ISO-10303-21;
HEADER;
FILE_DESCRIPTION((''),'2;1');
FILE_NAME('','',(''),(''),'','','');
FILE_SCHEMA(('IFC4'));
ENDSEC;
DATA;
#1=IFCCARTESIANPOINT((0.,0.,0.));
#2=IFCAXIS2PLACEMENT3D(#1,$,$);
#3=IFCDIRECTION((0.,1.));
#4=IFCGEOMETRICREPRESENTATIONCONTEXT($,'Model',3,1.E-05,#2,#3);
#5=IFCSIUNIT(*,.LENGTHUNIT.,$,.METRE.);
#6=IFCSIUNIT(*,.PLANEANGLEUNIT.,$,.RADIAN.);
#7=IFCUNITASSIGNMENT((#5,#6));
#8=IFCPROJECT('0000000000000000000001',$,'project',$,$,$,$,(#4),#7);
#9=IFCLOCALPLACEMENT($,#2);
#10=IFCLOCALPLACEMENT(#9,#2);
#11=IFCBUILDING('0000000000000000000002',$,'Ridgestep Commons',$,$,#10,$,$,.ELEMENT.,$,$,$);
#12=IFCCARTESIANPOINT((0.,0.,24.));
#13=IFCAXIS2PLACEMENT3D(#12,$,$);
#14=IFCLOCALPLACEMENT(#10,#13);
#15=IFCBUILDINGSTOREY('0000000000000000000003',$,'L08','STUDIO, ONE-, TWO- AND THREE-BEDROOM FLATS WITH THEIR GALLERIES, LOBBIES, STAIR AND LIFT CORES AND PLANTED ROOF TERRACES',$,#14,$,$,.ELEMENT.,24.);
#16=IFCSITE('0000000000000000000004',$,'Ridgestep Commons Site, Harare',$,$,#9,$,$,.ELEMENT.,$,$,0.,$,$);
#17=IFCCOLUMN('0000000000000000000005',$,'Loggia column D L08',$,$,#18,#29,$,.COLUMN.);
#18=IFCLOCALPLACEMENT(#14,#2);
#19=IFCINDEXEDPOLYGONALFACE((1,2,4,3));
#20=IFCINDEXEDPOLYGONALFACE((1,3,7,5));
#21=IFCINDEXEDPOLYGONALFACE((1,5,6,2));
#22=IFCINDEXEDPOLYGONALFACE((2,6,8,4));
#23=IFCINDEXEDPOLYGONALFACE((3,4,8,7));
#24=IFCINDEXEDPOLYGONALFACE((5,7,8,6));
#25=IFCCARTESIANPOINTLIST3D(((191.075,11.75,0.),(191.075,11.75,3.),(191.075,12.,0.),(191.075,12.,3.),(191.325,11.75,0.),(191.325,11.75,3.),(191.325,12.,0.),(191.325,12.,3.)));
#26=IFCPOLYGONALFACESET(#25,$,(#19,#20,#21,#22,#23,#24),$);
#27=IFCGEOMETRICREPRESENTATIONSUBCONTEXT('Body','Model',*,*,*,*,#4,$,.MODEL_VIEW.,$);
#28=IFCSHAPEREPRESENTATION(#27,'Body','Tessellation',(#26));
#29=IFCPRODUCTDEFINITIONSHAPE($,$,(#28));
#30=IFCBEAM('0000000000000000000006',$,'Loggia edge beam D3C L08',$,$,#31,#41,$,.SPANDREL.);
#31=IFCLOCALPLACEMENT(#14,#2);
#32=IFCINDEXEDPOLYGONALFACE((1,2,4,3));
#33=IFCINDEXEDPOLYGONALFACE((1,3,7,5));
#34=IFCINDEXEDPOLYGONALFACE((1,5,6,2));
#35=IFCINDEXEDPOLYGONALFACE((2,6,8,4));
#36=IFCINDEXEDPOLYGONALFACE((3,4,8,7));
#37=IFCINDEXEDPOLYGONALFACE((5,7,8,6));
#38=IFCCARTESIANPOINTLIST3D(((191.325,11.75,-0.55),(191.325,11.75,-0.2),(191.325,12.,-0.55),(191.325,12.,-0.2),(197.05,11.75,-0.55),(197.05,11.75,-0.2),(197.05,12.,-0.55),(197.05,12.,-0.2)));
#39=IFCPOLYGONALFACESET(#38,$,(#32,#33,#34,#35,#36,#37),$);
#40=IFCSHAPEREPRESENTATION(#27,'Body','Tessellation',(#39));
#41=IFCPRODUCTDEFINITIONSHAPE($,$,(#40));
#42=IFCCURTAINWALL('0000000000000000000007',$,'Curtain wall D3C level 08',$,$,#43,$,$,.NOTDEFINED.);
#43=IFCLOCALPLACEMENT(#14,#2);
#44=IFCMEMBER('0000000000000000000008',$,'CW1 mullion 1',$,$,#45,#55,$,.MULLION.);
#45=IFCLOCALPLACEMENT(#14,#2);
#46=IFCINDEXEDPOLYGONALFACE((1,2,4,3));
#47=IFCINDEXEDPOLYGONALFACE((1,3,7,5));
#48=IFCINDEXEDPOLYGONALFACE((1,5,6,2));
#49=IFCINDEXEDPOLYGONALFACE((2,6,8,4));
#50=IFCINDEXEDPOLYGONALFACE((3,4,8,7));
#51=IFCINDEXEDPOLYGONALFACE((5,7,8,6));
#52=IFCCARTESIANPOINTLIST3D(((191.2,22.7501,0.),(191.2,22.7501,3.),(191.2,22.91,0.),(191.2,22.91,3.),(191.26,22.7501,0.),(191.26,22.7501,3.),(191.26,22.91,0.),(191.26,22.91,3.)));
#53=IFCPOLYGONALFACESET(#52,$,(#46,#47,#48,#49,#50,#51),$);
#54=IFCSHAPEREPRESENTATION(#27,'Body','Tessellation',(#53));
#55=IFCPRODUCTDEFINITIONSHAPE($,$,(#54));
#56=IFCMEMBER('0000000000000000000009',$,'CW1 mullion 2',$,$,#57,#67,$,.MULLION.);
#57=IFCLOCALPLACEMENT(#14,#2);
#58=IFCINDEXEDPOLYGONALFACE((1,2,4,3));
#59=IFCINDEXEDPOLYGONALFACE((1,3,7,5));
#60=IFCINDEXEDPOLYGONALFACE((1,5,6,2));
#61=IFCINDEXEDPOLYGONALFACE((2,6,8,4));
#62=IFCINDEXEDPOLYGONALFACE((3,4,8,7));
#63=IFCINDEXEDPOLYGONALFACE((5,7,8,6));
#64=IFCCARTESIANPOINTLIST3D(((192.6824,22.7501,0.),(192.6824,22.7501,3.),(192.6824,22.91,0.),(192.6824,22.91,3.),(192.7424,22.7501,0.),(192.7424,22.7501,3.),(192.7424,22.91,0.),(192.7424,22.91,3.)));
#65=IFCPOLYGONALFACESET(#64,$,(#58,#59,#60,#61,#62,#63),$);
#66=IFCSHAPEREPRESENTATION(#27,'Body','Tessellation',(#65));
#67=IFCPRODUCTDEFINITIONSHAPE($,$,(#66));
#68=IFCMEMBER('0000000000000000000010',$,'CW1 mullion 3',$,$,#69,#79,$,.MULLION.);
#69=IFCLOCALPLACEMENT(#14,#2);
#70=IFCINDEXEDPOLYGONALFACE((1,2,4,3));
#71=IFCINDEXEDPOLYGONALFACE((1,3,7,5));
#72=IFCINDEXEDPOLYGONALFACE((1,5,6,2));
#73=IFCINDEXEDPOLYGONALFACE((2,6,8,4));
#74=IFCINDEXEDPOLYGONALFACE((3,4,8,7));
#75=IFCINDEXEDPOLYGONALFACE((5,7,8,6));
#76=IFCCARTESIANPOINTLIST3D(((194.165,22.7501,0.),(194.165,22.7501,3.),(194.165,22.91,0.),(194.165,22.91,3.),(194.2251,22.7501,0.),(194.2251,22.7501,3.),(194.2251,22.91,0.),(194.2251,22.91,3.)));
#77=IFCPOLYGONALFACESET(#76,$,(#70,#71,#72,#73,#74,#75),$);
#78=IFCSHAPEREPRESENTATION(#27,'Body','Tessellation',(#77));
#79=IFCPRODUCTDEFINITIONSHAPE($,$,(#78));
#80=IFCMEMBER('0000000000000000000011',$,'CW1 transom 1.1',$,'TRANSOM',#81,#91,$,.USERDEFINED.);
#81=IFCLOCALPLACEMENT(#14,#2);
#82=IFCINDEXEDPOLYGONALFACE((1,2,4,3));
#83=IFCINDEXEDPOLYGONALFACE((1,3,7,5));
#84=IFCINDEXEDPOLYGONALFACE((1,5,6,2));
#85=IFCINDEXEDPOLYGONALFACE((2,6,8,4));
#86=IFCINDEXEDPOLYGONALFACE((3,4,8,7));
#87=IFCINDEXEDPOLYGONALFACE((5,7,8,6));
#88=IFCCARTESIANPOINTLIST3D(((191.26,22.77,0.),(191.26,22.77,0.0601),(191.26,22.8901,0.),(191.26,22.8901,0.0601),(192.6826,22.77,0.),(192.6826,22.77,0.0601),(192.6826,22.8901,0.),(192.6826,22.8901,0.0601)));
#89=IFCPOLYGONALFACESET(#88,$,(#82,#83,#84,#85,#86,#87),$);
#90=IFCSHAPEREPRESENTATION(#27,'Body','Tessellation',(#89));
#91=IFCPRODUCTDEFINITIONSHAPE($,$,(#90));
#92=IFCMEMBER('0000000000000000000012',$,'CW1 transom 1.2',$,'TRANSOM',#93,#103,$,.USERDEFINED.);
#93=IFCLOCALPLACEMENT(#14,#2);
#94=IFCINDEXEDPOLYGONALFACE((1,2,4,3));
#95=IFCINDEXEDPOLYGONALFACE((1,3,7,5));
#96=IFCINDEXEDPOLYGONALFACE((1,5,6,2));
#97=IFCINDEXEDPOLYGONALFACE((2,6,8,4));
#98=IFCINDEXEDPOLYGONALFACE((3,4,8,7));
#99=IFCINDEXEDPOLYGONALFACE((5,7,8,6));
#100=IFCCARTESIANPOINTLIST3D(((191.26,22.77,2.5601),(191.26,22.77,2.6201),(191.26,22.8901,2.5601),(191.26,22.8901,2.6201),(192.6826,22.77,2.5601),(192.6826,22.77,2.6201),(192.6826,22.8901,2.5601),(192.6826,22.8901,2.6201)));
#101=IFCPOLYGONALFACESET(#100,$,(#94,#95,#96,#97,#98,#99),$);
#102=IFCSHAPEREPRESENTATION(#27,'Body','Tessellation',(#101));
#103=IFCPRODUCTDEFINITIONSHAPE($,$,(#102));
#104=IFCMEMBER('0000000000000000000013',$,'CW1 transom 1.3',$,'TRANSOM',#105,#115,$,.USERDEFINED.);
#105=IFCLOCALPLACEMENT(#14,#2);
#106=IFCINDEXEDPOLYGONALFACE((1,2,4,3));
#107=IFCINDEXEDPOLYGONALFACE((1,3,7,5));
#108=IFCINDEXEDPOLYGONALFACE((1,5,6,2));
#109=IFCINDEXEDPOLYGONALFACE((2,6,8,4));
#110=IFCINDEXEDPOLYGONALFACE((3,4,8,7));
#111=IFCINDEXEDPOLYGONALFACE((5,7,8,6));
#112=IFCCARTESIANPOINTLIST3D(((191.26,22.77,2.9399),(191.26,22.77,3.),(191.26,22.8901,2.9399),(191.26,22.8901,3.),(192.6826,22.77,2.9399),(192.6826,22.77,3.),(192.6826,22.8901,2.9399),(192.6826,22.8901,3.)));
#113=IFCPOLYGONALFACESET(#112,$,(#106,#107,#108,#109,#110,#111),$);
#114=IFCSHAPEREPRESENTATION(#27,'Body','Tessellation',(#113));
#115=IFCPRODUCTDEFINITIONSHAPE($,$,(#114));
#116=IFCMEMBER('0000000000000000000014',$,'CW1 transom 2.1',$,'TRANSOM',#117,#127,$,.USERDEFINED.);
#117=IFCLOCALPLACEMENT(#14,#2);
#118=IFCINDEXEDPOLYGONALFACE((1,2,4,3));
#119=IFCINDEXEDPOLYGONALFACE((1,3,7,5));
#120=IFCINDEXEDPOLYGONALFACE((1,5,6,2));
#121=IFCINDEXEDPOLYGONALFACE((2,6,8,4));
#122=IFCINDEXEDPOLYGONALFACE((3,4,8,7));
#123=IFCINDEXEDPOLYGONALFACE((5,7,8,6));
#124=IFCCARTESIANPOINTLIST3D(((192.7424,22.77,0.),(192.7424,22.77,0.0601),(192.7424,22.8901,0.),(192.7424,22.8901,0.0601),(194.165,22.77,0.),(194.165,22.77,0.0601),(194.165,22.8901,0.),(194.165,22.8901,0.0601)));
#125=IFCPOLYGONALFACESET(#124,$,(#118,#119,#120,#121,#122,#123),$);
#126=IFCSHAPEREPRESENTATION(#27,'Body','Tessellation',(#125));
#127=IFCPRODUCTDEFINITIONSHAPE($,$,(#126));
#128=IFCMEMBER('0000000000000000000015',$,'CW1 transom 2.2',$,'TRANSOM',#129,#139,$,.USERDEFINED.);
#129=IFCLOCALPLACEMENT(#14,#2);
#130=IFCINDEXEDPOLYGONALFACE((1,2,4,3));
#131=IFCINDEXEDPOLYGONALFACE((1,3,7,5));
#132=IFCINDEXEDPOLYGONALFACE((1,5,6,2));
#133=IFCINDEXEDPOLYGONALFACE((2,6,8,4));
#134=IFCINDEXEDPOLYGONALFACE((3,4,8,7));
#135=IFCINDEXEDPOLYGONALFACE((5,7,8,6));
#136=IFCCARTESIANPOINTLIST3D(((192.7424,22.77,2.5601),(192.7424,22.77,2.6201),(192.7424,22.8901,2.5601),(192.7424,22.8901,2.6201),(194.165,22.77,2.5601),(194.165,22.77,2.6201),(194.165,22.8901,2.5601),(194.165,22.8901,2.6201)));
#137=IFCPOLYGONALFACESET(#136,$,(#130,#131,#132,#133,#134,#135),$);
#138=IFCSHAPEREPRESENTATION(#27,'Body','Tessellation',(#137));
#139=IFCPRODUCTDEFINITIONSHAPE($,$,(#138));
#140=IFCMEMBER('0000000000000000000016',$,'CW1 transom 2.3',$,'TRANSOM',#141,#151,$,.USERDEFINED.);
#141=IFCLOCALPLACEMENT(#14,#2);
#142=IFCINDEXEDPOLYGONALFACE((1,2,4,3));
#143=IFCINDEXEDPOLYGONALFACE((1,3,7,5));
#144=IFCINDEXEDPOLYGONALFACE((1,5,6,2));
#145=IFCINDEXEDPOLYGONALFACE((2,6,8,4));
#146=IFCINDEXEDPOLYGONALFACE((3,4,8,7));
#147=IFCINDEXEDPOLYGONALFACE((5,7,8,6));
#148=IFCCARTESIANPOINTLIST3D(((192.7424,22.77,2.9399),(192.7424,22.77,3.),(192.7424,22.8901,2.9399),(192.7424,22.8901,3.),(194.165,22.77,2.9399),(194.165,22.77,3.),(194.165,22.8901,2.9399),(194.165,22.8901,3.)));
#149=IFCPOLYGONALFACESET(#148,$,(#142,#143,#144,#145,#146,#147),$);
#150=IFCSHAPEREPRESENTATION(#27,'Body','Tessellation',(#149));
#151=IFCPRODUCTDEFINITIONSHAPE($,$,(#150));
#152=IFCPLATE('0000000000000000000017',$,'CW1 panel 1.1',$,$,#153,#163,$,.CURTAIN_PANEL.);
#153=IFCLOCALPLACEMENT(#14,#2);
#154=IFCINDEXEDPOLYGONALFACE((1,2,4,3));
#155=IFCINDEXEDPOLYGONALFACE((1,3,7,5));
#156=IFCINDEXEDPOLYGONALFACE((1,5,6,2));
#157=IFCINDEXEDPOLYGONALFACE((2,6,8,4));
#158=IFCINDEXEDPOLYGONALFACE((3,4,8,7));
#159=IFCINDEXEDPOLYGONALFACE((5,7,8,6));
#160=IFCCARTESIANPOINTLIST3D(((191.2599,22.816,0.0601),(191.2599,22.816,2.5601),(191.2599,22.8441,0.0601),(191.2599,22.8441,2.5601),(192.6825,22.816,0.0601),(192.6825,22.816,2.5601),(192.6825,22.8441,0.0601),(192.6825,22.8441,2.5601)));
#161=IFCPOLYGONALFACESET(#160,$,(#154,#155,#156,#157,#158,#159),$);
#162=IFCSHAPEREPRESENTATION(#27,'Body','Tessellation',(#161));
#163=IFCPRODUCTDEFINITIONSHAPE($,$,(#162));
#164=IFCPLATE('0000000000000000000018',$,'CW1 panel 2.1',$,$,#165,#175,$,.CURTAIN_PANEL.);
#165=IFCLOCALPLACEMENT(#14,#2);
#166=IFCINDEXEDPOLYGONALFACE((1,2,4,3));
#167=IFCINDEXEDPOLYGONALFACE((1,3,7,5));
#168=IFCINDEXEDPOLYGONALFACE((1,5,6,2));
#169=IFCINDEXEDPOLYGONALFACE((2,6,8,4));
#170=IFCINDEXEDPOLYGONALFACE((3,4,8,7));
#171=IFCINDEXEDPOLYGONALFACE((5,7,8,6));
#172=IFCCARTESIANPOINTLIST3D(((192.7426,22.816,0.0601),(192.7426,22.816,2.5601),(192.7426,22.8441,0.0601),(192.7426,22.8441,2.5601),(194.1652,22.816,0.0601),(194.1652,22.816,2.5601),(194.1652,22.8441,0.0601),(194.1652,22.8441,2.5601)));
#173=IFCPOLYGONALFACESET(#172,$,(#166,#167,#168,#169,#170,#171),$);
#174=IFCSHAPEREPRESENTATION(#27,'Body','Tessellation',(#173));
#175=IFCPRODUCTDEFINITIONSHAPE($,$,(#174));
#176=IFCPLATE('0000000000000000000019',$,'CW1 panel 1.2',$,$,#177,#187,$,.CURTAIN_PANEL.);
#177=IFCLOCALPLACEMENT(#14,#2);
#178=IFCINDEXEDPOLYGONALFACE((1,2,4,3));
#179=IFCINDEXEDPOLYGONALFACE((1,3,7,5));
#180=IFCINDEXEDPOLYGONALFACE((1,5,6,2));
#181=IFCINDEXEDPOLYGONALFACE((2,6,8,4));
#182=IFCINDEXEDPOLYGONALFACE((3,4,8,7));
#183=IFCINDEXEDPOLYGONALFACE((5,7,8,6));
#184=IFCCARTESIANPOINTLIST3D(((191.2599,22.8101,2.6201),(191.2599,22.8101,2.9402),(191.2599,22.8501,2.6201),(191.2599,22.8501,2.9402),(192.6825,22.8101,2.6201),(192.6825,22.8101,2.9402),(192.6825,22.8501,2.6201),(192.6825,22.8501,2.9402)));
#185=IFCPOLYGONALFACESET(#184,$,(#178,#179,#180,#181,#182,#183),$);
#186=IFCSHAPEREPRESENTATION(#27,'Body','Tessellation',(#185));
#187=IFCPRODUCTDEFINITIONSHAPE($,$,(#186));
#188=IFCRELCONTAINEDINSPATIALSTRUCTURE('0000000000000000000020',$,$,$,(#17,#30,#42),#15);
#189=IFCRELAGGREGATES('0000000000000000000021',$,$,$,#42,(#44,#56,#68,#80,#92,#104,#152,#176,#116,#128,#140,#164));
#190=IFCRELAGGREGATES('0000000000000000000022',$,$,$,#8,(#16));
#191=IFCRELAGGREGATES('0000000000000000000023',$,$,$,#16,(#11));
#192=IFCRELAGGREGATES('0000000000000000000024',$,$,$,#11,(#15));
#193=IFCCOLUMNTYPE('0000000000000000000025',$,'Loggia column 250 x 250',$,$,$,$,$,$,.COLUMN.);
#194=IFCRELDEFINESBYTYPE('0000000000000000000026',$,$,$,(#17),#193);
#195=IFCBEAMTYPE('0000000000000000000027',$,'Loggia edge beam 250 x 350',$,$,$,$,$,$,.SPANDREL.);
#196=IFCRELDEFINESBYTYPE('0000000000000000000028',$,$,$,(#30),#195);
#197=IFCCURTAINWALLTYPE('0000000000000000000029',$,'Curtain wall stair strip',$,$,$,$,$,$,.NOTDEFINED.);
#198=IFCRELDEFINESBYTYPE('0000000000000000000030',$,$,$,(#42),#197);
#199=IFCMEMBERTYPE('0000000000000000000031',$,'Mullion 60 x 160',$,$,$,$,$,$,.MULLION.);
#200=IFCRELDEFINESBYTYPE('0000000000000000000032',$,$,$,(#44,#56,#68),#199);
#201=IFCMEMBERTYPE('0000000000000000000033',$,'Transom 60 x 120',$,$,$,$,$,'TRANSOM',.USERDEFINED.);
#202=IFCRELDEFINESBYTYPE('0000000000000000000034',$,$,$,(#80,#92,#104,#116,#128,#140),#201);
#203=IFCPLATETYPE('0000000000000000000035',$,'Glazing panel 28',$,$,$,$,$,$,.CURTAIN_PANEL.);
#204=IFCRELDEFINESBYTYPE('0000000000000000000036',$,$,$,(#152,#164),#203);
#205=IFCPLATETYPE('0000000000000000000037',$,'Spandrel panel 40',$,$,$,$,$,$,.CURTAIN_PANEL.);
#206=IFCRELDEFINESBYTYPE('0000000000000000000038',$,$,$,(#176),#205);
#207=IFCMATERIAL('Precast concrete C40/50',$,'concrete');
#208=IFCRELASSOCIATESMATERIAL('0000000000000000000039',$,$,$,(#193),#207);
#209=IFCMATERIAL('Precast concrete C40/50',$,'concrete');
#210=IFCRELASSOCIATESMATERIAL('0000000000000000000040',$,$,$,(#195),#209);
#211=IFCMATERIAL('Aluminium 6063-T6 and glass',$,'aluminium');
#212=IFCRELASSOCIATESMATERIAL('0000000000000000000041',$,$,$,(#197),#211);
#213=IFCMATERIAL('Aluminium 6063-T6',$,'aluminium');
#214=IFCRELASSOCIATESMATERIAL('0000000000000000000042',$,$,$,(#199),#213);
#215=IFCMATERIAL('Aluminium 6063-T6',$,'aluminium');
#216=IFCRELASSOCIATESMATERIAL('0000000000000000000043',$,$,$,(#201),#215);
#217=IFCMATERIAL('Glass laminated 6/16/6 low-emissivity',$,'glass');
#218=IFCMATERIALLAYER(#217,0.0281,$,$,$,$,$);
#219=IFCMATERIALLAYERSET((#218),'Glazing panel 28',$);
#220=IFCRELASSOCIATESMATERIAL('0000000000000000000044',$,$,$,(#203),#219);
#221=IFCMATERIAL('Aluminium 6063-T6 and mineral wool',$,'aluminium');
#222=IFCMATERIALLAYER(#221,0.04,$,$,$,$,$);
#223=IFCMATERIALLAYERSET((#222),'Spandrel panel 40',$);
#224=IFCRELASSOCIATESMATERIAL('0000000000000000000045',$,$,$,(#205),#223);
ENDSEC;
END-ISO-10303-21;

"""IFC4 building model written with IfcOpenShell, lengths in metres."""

from ifc_helpers import new_model, si_unit, direction, frame, origin, origin_2d, place, context, subcontext, project, spatial, rectangle, extrude, material, layer, layer_set, material_profile, profile_set, type_object, element, aggregate, save


model = new_model("IFC4")

# Units and contexts
model_context = context("Model", 3, precision=1e-05, world=origin(), true_north=direction((0.0, 1.0)))
body_context = subcontext(model_context, "Body", "Model", "MODEL_VIEW")
ifc_project = project(units=[si_unit("LENGTHUNIT", "METRE"), si_unit("PLANEANGLEUNIT", "RADIAN")], contexts=[model_context])

# Site, building, storey
site_placement = place(None, origin())
site = spatial("IfcSite", under=ifc_project, at=site_placement, Name="Ridgestep Commons Site, Harare", CompositionType="ELEMENT", RefElevation=0.0)
building_placement = place(site_placement, origin())
building = spatial("IfcBuilding", under=site, at=building_placement, Name="Ridgestep Commons", CompositionType="ELEMENT")
storey_placement = place(building_placement, frame((0.0, 0.0, 24.0)))
storey = spatial("IfcBuildingStorey", under=building, at=storey_placement, Name="L08", Description="STUDIO, ONE-, TWO- AND THREE-BEDROOM FLATS WITH THEIR GALLERIES, LOBBIES, STAIR AND LIFT CORES AND PLANTED ROOF TERRACES", CompositionType="ELEMENT", Elevation=24.0)

# Column
ifc_material_1 = material(Name="Precast concrete C40/50", Category="concrete")
ifc_material_profile_1 = material_profile(ifc_material_1, rectangle(XDim=0.25, YDim=0.25, at=origin_2d()), Name="PC 250x250")
ifc_profile_set_1 = profile_set([ifc_material_profile_1], Name="Precast concrete C40/50")
column_type = type_object("IfcColumnType", Name="Loggia column 250 x 250", PredefinedType="COLUMN", material=ifc_profile_set_1)
column_placement = place(storey_placement, frame((191.2, 11.875, 0.0), z_axis=(0.0, 0.0, 1.0), x_axis=(1.0, 0.0, 0.0)))
element("IfcColumn", 1, at=column_placement, inside=storey, type_object=column_type, Name="Loggia column D L08", PredefinedType="COLUMN", context=body_context, shape_type="SweptSolid", body=[
    extrude(rectangle(XDim=0.25, YDim=0.25, at=origin_2d()), origin(), (0.0, 0.0, 1.0), 3.0),
])

# Beam
ifc_material_2 = material(Name="Precast concrete C40/50", Category="concrete")
ifc_material_profile_2 = material_profile(ifc_material_2, rectangle(XDim=0.25, YDim=0.3501, at=origin_2d()), Name="PC 250x350")
ifc_profile_set_2 = profile_set([ifc_material_profile_2], Name="Precast concrete C40/50")
beam_type = type_object("IfcBeamType", Name="Loggia edge beam 250 x 350", PredefinedType="SPANDREL", material=ifc_profile_set_2)
beam_placement = place(storey_placement, frame((191.325, 11.875, -0.375), z_axis=(1.0, 0.0, 0.0), x_axis=(0.0, 1.0, 0.0)))
element("IfcBeam", 2, at=beam_placement, inside=storey, type_object=beam_type, Name="Loggia edge beam D3C L08", PredefinedType="SPANDREL", context=body_context, shape_type="SweptSolid", body=[
    extrude(rectangle(XDim=0.25, YDim=0.3501, at=origin_2d()), origin(), (0.0, 0.0, 1.0), 5.7251),
])

# Curtain wall, members, plates
ifc_material_3 = material(Name="Aluminium 6063-T6 and glass", Category="aluminium")
curtain_wall_type = type_object("IfcCurtainWallType", Name="Curtain wall stair strip", PredefinedType="NOTDEFINED", material=ifc_material_3)
curtain_wall_placement = place(storey_placement, origin())
curtain_wall = element("IfcCurtainWall", 3, at=curtain_wall_placement, inside=storey, type_object=curtain_wall_type, Name="Curtain wall D3C level 08", PredefinedType="NOTDEFINED")
ifc_material_4 = material(Name="Aluminium 6063-T6", Category="aluminium")
ifc_material_profile_3 = material_profile(ifc_material_4, rectangle(XDim=0.1599, YDim=0.0601, at=origin_2d()), Name="Mullion 60 x 160")
ifc_profile_set_3 = profile_set([ifc_material_profile_3], Name="Aluminium 6063-T6")
member_type_1 = type_object("IfcMemberType", Name="Mullion 60 x 160", PredefinedType="MULLION", material=ifc_profile_set_3)
member_1_placement = place(storey_placement, frame((191.23, 22.8301, 0.0), z_axis=(0.0, 0.0, 1.0), x_axis=(0.0, 1.0, 0.0)))
member_1 = element("IfcMember", 4, at=member_1_placement, type_object=member_type_1, Name="CW1 mullion 1", PredefinedType="MULLION", context=body_context, shape_type="SweptSolid", body=[
    extrude(rectangle(XDim=0.1599, YDim=0.0601, at=origin_2d()), origin(), (0.0, 0.0, 1.0), 3.0),
])
member_2_placement = place(storey_placement, frame((192.7124, 22.8301, 0.0), z_axis=(0.0, 0.0, 1.0), x_axis=(0.0, 1.0, 0.0)))
member_2 = element("IfcMember", 5, at=member_2_placement, type_object=member_type_1, Name="CW1 mullion 2", PredefinedType="MULLION", context=body_context, shape_type="SweptSolid", body=[
    extrude(rectangle(XDim=0.1599, YDim=0.0601, at=origin_2d()), origin(), (0.0, 0.0, 1.0), 3.0),
])
member_3_placement = place(storey_placement, frame((194.1951, 22.8301, 0.0), z_axis=(0.0, 0.0, 1.0), x_axis=(0.0, 1.0, 0.0)))
member_3 = element("IfcMember", 6, at=member_3_placement, type_object=member_type_1, Name="CW1 mullion 3", PredefinedType="MULLION", context=body_context, shape_type="SweptSolid", body=[
    extrude(rectangle(XDim=0.1599, YDim=0.0601, at=origin_2d()), origin(), (0.0, 0.0, 1.0), 3.0),
])
ifc_material_5 = material(Name="Aluminium 6063-T6", Category="aluminium")
ifc_material_profile_4 = material_profile(ifc_material_5, rectangle(XDim=0.1201, YDim=0.0601, at=origin_2d()), Name="Transom 60 x 120")
ifc_profile_set_4 = profile_set([ifc_material_profile_4], Name="Aluminium 6063-T6")
member_type_2 = type_object("IfcMemberType", Name="Transom 60 x 120", ElementType="TRANSOM", PredefinedType="USERDEFINED", material=ifc_profile_set_4)
member_4_placement = place(storey_placement, frame((191.26, 22.8301, 0.03), z_axis=(1.0, 0.0, 0.0), x_axis=(0.0, 1.0, 0.0)))
member_4 = element("IfcMember", 7, at=member_4_placement, type_object=member_type_2, Name="CW1 transom 1.1", ObjectType="TRANSOM", PredefinedType="USERDEFINED", context=body_context, shape_type="SweptSolid", body=[
    extrude(rectangle(XDim=0.1201, YDim=0.0601, at=origin_2d()), origin(), (0.0, 0.0, 1.0), 1.4226),
])
member_5_placement = place(storey_placement, frame((191.26, 22.8301, 2.5901), z_axis=(1.0, 0.0, 0.0), x_axis=(0.0, 1.0, 0.0)))
member_5 = element("IfcMember", 8, at=member_5_placement, type_object=member_type_2, Name="CW1 transom 1.2", ObjectType="TRANSOM", PredefinedType="USERDEFINED", context=body_context, shape_type="SweptSolid", body=[
    extrude(rectangle(XDim=0.1201, YDim=0.0601, at=origin_2d()), origin(), (0.0, 0.0, 1.0), 1.4226),
])
member_6_placement = place(storey_placement, frame((191.26, 22.8301, 2.97), z_axis=(1.0, 0.0, 0.0), x_axis=(0.0, 1.0, 0.0)))
member_6 = element("IfcMember", 9, at=member_6_placement, type_object=member_type_2, Name="CW1 transom 1.3", ObjectType="TRANSOM", PredefinedType="USERDEFINED", context=body_context, shape_type="SweptSolid", body=[
    extrude(rectangle(XDim=0.1201, YDim=0.0601, at=origin_2d()), origin(), (0.0, 0.0, 1.0), 1.4226),
])
member_7_placement = place(storey_placement, frame((192.7424, 22.8301, 0.03), z_axis=(1.0, 0.0, 0.0), x_axis=(0.0, 1.0, 0.0)))
member_7 = element("IfcMember", 10, at=member_7_placement, type_object=member_type_2, Name="CW1 transom 2.1", ObjectType="TRANSOM", PredefinedType="USERDEFINED", context=body_context, shape_type="SweptSolid", body=[
    extrude(rectangle(XDim=0.1201, YDim=0.0601, at=origin_2d()), origin(), (0.0, 0.0, 1.0), 1.4226),
])
member_8_placement = place(storey_placement, frame((192.7424, 22.8301, 2.5901), z_axis=(1.0, 0.0, 0.0), x_axis=(0.0, 1.0, 0.0)))
member_8 = element("IfcMember", 11, at=member_8_placement, type_object=member_type_2, Name="CW1 transom 2.2", ObjectType="TRANSOM", PredefinedType="USERDEFINED", context=body_context, shape_type="SweptSolid", body=[
    extrude(rectangle(XDim=0.1201, YDim=0.0601, at=origin_2d()), origin(), (0.0, 0.0, 1.0), 1.4226),
])
member_9_placement = place(storey_placement, frame((192.7424, 22.8301, 2.97), z_axis=(1.0, 0.0, 0.0), x_axis=(0.0, 1.0, 0.0)))
member_9 = element("IfcMember", 12, at=member_9_placement, type_object=member_type_2, Name="CW1 transom 2.3", ObjectType="TRANSOM", PredefinedType="USERDEFINED", context=body_context, shape_type="SweptSolid", body=[
    extrude(rectangle(XDim=0.1201, YDim=0.0601, at=origin_2d()), origin(), (0.0, 0.0, 1.0), 1.4226),
])
ifc_material_6 = material(Name="Glass laminated 6/16/6 low-emissivity", Category="glass")
ifc_layer_1 = layer(ifc_material_6, 0.0281)
ifc_layer_set_1 = layer_set([ifc_layer_1], Name="Glazing panel 28")
plate_type_1 = type_object("IfcPlateType", Name="Glazing panel 28", PredefinedType="CURTAIN_PANEL", material=ifc_layer_set_1)
plate_1_placement = place(storey_placement, frame((191.9712, 22.8301, 0.0601), z_axis=(0.0, 0.0, 1.0), x_axis=(1.0, 0.0, 0.0)))
plate_1 = element("IfcPlate", 13, at=plate_1_placement, type_object=plate_type_1, Name="CW1 panel 1.1", PredefinedType="CURTAIN_PANEL", context=body_context, shape_type="SweptSolid", body=[
    extrude(rectangle(XDim=1.4226, YDim=0.0281, at=origin_2d()), origin(), (0.0, 0.0, 1.0), 2.5),
])
plate_2_placement = place(storey_placement, frame((193.4539, 22.8301, 0.0601), z_axis=(0.0, 0.0, 1.0), x_axis=(1.0, 0.0, 0.0)))
plate_2 = element("IfcPlate", 14, at=plate_2_placement, type_object=plate_type_1, Name="CW1 panel 2.1", PredefinedType="CURTAIN_PANEL", context=body_context, shape_type="SweptSolid", body=[
    extrude(rectangle(XDim=1.4226, YDim=0.0281, at=origin_2d()), origin(), (0.0, 0.0, 1.0), 2.5),
])
ifc_material_7 = material(Name="Aluminium 6063-T6 and mineral wool", Category="aluminium")
ifc_layer_2 = layer(ifc_material_7, 0.04)
ifc_layer_set_2 = layer_set([ifc_layer_2], Name="Spandrel panel 40")
plate_type_2 = type_object("IfcPlateType", Name="Spandrel panel 40", PredefinedType="CURTAIN_PANEL", material=ifc_layer_set_2)
plate_3_placement = place(storey_placement, frame((191.9712, 22.8301, 2.6201), z_axis=(0.0, 0.0, 1.0), x_axis=(1.0, 0.0, 0.0)))
plate_3 = element("IfcPlate", 15, at=plate_3_placement, type_object=plate_type_2, Name="CW1 panel 1.2", PredefinedType="CURTAIN_PANEL", context=body_context, shape_type="SweptSolid", body=[
    extrude(rectangle(XDim=1.4226, YDim=0.04, at=origin_2d()), origin(), (0.0, 0.0, 1.0), 0.3201),
])
aggregate(curtain_wall, [member_1, member_2, member_3, member_4, member_5, member_6, plate_1, plate_3, member_7, member_8, member_9, plate_2])

save(model, "model.ifc")
